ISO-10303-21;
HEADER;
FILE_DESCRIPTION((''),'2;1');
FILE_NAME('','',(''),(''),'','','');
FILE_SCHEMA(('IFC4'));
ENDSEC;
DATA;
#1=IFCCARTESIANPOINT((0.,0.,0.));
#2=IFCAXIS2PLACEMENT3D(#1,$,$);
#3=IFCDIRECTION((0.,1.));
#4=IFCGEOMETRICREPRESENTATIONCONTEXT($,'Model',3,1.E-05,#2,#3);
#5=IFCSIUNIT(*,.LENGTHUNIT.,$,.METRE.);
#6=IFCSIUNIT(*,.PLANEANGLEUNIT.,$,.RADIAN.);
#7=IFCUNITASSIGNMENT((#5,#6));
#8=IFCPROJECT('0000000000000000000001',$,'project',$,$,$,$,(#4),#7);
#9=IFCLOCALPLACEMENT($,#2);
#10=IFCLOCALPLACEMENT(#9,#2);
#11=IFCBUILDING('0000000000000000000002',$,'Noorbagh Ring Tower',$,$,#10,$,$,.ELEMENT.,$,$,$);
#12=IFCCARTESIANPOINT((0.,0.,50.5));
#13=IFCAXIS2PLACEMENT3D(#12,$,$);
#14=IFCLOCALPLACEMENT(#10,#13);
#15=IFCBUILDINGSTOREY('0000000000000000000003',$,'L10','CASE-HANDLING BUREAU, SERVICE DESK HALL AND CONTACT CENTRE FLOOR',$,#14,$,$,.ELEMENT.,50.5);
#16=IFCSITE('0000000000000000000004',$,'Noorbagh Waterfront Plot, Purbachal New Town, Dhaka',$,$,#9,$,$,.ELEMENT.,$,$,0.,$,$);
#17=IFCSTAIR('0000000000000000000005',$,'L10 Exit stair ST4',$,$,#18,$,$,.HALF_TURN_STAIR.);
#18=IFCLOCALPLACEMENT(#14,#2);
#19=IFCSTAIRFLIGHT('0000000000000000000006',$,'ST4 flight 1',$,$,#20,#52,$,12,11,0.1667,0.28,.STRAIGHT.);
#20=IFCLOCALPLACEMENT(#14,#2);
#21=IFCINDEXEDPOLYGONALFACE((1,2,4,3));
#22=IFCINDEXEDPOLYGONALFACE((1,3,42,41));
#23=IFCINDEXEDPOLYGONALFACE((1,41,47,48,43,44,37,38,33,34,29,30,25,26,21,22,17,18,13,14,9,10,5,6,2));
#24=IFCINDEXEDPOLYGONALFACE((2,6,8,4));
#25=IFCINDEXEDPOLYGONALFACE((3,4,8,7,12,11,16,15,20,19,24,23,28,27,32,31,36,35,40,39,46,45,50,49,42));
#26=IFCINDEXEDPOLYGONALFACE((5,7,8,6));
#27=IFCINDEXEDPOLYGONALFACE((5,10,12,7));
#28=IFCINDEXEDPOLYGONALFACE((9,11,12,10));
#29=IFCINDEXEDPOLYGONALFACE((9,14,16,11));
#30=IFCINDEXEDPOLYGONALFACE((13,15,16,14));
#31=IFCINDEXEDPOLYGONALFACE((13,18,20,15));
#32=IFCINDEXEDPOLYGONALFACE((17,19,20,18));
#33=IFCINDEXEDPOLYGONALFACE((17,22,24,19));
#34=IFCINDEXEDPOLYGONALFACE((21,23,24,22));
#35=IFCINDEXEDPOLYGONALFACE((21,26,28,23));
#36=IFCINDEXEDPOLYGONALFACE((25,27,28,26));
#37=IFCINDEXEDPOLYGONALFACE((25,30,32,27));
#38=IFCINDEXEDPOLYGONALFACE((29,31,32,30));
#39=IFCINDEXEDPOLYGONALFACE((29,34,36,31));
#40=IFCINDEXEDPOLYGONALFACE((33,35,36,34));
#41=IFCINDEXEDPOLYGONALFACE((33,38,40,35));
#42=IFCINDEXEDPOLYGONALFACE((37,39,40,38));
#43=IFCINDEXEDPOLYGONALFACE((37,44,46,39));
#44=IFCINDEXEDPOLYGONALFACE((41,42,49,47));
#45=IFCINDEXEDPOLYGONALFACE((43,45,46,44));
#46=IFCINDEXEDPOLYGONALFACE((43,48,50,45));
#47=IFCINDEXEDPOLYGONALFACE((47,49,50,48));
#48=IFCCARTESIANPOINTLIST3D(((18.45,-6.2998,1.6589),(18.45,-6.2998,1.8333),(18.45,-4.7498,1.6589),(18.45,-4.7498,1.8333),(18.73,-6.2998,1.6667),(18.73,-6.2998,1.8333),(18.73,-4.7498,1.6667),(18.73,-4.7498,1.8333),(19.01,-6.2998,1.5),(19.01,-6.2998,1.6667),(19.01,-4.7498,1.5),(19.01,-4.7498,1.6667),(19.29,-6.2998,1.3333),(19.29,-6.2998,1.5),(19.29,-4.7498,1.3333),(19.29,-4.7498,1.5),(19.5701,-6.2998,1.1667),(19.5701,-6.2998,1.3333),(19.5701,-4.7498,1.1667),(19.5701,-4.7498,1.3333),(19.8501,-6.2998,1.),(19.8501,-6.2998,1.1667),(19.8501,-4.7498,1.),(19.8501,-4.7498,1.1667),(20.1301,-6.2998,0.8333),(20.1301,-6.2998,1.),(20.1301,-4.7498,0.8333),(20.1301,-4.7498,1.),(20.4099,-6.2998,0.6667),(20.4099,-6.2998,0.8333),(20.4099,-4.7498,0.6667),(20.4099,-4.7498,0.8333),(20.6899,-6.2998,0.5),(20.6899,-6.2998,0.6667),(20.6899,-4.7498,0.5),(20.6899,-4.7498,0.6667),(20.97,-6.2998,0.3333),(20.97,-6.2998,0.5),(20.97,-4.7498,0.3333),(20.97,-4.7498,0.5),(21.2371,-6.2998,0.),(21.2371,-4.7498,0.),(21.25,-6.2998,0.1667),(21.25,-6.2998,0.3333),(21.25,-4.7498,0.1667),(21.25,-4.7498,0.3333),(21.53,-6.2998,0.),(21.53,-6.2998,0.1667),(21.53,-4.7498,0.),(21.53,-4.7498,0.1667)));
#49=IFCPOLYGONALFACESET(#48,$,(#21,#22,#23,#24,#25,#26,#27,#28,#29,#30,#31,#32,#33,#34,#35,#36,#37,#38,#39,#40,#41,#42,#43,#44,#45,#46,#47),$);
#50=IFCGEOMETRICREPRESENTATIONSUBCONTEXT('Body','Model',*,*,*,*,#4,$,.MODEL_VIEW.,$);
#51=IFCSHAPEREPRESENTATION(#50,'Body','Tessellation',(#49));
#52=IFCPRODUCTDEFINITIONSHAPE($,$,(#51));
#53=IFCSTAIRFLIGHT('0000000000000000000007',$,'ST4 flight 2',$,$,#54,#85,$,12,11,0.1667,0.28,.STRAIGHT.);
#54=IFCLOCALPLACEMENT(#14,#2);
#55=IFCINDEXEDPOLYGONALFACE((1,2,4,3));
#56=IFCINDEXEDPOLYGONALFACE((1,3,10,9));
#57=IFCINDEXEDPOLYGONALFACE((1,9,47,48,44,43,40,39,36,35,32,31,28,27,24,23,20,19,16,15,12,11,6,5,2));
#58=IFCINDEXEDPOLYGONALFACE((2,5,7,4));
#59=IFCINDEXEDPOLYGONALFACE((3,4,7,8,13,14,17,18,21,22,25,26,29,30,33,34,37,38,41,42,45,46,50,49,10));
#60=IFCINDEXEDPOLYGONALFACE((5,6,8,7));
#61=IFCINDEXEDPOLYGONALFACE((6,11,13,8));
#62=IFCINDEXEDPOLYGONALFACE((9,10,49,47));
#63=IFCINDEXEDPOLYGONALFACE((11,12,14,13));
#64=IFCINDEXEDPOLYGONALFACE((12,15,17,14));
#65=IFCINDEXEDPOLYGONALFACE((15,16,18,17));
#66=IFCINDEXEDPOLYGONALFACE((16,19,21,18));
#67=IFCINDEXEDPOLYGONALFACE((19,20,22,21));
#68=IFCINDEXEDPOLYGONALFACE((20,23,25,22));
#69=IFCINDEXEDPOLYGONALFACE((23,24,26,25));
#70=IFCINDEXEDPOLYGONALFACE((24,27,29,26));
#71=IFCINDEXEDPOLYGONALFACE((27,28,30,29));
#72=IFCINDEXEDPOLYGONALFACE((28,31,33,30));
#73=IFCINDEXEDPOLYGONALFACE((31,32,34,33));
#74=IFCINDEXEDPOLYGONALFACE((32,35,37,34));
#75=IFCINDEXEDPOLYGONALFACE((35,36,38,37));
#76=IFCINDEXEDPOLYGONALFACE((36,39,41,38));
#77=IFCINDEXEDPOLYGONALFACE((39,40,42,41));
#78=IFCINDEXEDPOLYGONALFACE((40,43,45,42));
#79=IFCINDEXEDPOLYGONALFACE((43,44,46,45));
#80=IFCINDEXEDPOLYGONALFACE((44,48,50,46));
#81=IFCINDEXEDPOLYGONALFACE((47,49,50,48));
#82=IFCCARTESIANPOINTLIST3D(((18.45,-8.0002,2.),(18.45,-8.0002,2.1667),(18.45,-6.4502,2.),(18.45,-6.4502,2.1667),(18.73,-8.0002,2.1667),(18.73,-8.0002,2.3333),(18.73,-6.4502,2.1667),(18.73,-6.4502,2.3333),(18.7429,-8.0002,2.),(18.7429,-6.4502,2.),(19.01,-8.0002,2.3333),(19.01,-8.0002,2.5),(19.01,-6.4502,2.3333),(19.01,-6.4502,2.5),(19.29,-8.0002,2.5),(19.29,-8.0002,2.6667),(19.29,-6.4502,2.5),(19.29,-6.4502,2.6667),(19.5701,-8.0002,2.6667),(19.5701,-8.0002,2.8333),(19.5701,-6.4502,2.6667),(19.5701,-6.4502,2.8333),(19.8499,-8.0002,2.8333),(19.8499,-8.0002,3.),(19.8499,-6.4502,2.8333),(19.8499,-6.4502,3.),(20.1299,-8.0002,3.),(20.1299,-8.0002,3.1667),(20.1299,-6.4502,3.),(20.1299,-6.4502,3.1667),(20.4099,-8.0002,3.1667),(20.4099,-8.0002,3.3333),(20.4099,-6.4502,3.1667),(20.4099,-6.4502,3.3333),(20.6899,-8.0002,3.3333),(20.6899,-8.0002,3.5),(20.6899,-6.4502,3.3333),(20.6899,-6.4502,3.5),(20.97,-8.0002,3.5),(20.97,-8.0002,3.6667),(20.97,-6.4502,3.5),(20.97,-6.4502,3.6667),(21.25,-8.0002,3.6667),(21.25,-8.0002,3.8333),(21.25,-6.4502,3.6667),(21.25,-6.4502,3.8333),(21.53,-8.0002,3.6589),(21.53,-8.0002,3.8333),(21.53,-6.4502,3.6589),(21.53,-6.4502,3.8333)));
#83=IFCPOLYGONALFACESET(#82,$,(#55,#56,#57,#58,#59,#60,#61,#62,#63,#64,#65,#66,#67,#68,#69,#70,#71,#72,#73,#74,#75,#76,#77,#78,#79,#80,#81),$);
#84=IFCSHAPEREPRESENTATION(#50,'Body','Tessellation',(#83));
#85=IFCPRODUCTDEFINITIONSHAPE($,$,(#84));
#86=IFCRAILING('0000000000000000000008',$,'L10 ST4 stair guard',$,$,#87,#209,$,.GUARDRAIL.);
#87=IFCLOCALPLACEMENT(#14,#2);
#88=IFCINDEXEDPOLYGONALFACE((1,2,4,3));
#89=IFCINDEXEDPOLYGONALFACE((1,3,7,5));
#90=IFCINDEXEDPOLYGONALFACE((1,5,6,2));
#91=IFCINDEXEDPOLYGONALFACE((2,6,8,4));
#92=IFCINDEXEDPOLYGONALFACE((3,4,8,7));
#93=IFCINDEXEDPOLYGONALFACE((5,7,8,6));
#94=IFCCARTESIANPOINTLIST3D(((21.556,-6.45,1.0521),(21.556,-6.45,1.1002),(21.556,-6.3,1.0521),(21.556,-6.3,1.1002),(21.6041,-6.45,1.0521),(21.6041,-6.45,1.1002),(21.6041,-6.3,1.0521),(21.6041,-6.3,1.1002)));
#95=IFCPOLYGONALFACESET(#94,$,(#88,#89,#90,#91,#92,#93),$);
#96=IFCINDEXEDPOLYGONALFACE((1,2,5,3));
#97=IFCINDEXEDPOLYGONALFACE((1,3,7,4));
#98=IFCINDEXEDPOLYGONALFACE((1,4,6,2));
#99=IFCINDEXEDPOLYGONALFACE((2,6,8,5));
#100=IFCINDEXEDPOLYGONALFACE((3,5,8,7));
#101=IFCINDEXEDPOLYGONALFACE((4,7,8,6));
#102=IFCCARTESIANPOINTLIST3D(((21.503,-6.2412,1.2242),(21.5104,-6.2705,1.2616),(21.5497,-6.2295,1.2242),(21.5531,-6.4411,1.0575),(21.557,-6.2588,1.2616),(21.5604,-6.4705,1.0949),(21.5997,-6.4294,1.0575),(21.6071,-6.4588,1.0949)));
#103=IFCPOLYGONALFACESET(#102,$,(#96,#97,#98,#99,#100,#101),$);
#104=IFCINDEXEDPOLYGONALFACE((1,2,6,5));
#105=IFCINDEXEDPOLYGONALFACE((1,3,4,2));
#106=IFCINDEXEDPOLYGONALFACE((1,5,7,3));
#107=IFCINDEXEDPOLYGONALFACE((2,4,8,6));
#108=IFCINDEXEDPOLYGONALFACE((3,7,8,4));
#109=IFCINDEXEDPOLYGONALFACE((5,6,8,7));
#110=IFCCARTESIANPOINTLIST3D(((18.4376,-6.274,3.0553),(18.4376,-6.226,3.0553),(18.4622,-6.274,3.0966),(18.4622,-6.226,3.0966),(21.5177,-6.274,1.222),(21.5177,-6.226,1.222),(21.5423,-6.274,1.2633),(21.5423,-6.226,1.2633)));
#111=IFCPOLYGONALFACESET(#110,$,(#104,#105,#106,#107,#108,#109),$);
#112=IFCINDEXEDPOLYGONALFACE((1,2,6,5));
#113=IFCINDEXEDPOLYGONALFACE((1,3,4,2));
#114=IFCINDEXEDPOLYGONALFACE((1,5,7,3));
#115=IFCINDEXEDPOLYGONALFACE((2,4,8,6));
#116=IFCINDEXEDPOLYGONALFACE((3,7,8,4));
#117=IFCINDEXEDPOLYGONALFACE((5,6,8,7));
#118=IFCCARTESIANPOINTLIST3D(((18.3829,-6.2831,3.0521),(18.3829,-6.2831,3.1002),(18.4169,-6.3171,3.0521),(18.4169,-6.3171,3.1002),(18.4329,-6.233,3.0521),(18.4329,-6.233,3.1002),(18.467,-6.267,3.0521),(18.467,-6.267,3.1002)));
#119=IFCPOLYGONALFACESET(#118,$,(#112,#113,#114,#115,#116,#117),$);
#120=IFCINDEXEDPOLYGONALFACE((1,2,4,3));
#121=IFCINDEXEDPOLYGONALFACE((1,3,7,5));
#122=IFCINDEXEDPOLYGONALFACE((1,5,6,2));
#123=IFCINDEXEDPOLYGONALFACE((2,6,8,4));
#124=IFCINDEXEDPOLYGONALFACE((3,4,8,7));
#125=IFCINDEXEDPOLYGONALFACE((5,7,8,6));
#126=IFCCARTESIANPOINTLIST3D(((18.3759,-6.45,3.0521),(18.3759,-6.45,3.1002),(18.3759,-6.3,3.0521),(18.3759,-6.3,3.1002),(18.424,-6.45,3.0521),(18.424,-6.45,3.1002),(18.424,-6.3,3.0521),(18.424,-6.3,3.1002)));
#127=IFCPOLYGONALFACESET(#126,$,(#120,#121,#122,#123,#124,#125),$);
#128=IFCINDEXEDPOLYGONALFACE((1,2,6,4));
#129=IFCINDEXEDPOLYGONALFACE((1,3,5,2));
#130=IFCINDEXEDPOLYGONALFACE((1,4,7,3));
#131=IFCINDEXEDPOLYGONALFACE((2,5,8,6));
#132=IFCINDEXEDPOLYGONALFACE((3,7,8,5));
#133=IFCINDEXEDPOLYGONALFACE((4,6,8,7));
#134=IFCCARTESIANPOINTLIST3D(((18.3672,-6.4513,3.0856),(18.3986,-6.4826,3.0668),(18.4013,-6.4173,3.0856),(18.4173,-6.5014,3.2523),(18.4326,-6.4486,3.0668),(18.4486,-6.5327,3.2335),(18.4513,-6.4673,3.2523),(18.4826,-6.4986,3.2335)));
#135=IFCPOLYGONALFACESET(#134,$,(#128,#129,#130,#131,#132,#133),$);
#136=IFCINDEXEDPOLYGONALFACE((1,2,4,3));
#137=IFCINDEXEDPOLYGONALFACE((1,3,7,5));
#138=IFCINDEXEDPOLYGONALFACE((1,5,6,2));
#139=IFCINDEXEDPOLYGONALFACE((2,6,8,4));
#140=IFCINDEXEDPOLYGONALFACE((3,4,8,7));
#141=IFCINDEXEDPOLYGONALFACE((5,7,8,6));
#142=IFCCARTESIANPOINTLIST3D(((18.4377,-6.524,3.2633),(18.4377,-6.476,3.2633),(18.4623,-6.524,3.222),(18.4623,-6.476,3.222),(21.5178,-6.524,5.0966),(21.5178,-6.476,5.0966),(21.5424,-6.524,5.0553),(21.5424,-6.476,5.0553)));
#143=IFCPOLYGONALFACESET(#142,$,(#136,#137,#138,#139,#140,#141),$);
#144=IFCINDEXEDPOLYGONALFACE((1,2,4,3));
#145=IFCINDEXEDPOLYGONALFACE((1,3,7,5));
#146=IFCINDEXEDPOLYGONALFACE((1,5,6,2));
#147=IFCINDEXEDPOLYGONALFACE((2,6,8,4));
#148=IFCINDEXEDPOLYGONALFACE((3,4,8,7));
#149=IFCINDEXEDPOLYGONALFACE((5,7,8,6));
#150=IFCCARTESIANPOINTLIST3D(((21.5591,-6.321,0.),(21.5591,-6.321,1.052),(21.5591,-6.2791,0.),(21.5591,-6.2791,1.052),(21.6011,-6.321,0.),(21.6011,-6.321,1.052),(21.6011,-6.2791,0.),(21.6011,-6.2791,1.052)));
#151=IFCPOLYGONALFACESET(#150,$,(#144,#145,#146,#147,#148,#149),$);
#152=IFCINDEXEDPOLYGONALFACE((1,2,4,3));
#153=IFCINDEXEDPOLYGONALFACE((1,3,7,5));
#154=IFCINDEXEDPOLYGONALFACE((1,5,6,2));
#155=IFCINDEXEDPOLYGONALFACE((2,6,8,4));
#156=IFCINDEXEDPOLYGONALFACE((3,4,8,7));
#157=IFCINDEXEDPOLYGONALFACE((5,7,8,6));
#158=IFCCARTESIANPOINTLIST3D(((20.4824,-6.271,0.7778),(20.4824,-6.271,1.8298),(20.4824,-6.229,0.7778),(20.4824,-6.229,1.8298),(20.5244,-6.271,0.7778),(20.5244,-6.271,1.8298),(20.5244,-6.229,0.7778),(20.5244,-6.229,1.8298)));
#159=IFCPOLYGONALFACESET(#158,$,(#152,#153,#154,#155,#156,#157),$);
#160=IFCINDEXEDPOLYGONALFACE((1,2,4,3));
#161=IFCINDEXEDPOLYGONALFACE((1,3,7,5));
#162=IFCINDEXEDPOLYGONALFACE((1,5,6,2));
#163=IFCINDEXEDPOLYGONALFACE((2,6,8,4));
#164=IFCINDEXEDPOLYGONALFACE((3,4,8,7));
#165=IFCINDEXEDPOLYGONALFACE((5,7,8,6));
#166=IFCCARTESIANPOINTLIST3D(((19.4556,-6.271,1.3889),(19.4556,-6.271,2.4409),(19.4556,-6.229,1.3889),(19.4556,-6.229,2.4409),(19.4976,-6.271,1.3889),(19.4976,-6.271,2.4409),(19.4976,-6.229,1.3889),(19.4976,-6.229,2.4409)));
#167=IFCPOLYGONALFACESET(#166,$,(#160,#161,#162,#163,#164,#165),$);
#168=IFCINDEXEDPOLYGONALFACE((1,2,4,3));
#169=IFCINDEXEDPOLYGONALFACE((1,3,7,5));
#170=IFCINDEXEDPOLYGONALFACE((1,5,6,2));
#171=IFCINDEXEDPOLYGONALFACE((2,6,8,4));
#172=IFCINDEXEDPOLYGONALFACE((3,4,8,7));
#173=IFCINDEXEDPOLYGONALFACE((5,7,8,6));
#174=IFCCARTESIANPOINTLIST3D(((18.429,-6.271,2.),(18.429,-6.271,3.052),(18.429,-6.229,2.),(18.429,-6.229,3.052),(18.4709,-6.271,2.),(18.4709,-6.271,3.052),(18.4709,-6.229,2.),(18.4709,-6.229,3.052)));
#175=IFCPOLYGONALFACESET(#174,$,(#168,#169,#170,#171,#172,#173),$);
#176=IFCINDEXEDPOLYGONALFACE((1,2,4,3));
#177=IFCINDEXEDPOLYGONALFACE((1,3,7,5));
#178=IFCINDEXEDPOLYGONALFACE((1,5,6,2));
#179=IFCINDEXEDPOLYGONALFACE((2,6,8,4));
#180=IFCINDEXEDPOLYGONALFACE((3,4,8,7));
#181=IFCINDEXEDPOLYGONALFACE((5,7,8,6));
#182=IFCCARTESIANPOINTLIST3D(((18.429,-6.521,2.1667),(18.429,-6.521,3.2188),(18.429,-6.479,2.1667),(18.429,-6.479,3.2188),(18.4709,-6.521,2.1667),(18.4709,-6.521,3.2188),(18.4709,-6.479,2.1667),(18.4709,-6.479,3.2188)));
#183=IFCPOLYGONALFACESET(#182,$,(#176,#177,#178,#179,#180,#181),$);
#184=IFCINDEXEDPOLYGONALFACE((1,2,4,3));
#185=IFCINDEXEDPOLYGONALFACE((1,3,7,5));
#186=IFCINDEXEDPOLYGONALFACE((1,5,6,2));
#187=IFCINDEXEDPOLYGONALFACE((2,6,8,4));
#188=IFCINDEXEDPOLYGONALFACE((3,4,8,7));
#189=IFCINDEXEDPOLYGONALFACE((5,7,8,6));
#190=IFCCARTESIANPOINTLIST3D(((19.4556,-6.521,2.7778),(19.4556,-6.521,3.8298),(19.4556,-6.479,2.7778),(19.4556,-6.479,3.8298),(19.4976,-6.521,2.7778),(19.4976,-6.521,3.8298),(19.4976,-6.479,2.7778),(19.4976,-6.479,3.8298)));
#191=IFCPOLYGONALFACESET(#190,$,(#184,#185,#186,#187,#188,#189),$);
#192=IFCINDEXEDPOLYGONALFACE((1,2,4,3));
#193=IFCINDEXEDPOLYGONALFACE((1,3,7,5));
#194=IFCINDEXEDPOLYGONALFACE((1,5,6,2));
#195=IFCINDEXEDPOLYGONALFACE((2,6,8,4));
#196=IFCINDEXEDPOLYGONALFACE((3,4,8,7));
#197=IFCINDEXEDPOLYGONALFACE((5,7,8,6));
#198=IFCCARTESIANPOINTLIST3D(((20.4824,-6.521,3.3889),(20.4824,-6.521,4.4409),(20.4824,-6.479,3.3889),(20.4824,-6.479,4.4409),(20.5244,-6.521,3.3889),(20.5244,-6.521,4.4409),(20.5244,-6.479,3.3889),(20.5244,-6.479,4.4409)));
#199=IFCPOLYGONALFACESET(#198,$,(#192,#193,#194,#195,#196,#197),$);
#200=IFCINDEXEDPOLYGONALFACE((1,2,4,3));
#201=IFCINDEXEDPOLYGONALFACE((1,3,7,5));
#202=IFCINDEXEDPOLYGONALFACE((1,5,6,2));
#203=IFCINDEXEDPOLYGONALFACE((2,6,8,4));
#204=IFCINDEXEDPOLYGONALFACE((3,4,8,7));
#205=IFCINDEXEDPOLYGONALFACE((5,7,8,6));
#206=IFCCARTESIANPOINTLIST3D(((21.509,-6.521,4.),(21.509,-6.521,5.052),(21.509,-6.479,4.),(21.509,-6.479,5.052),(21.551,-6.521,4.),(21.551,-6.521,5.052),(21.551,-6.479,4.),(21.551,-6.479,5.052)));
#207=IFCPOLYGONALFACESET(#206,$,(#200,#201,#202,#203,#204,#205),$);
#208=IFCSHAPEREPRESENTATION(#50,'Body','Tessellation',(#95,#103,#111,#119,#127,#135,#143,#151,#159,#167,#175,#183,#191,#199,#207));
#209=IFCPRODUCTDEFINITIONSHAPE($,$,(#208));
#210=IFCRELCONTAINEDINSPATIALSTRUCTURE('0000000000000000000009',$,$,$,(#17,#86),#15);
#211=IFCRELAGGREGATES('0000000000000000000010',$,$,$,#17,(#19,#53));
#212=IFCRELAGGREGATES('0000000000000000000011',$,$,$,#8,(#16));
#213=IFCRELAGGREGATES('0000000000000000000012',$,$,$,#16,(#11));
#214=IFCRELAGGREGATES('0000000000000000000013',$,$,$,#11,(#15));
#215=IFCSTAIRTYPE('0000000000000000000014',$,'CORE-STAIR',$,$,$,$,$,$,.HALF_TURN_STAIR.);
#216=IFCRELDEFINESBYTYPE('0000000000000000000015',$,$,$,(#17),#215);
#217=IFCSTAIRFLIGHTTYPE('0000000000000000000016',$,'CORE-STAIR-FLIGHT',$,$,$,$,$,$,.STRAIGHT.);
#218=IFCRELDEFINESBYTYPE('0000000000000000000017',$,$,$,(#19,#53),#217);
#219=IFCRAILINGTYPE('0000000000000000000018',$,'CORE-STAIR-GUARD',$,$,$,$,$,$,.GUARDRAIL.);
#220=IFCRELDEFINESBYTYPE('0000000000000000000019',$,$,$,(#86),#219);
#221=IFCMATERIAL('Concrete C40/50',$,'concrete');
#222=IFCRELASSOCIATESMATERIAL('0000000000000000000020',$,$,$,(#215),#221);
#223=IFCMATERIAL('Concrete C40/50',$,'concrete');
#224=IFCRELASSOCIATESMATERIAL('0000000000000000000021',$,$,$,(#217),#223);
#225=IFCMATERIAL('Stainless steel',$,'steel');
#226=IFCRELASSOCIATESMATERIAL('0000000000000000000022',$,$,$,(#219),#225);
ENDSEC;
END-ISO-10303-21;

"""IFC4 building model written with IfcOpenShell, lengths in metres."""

from ifc_helpers import new_model, si_unit, direction, frame, origin, origin_2d, place, context, subcontext, project, spatial, polyline, rectangle, outline, extrude, material, type_object, element, aggregate, save


model = new_model("IFC4")

# Units and contexts
model_context = context("Model", 3, precision=1e-05, world=origin(), true_north=direction((0.0, 1.0)))
body_context = subcontext(model_context, "Body", "Model", "MODEL_VIEW")
ifc_project = project(units=[si_unit("LENGTHUNIT", "METRE"), si_unit("PLANEANGLEUNIT", "RADIAN")], contexts=[model_context])

# Site, building, storey
site_placement = place(None, origin())
site = spatial("IfcSite", under=ifc_project, at=site_placement, Name="Noorbagh Waterfront Plot, Purbachal New Town, Dhaka", CompositionType="ELEMENT", RefElevation=0.0)
building_placement = place(site_placement, origin())
building = spatial("IfcBuilding", under=site, at=building_placement, Name="Noorbagh Ring Tower", CompositionType="ELEMENT")
storey_placement = place(building_placement, frame((0.0, 0.0, 50.5)))
storey = spatial("IfcBuildingStorey", under=building, at=storey_placement, Name="L10", Description="CASE-HANDLING BUREAU, SERVICE DESK HALL AND CONTACT CENTRE FLOOR", CompositionType="ELEMENT", Elevation=50.5)

# Stair, stair flights
ifc_material_1 = material(Name="Concrete C40/50", Category="concrete")
stair_type = type_object("IfcStairType", Name="CORE-STAIR", PredefinedType="HALF_TURN_STAIR", material=ifc_material_1)
stair_placement = place(storey_placement, origin())
stair = element("IfcStair", 1, at=stair_placement, inside=storey, type_object=stair_type, Name="L10 Exit stair ST4", PredefinedType="HALF_TURN_STAIR")
ifc_material_2 = material(Name="Concrete C40/50", Category="concrete")
stair_flight_type = type_object("IfcStairFlightType", Name="CORE-STAIR-FLIGHT", PredefinedType="STRAIGHT", material=ifc_material_2)
stair_flight_1_placement = place(storey_placement, frame((21.53, -5.5249, 0.0), z_axis=(0.0, 0.0, 1.0), x_axis=(-1.0, 0.0, 0.0)))
stair_flight_1 = element("IfcStairFlight", 2, at=stair_flight_1_placement, type_object=stair_flight_type, Name="ST4 flight 1", NumberOfRisers=12, NumberOfTreads=11, PredefinedType="STRAIGHT", RiserHeight=0.1667, TreadLength=0.28, context=body_context, shape_type="SweptSolid", body=[
    extrude(outline(polyline([(0.0, 0.0), (0.0, 0.1667), (0.28, 0.1667), (0.28, 0.3333), (0.5601, 0.3333), (0.5601, 0.5), (0.8401, 0.5), (0.8401, 0.6667), (1.1201, 0.6667), (1.1201, 0.8333), (1.3999, 0.8333), (1.3999, 1.0), (1.6799, 1.0), (1.6799, 1.1667), (1.96, 1.1667), (1.96, 1.3333), (2.24, 1.3333), (2.24, 1.5), (2.52, 1.5), (2.52, 1.6667), (2.8, 1.6667), (2.8, 1.8333), (3.0801, 1.8333), (3.0801, 2.0), (3.0801, 1.6589), (0.293, 0.0), (0.0, 0.0)])), frame((0.0, 0.7749, 0.0), z_axis=(0.0, -1.0, 0.0), x_axis=(1.0, 0.0, 0.0)), (0.0, 0.0, 1.0), 1.55),
])
stair_flight_2_placement = place(storey_placement, frame((18.45, -7.2251, 2.0), z_axis=(0.0, 0.0, 1.0), x_axis=(1.0, 0.0, 0.0)))
stair_flight_2 = element("IfcStairFlight", 3, at=stair_flight_2_placement, type_object=stair_flight_type, Name="ST4 flight 2", NumberOfRisers=12, NumberOfTreads=11, PredefinedType="STRAIGHT", RiserHeight=0.1667, TreadLength=0.28, context=body_context, shape_type="SweptSolid", body=[
    extrude(outline(polyline([(0.0, 0.0), (0.0, 0.1667), (0.28, 0.1667), (0.28, 0.3333), (0.5601, 0.3333), (0.5601, 0.5), (0.8401, 0.5), (0.8401, 0.6667), (1.1201, 0.6667), (1.1201, 0.8333), (1.3999, 0.8333), (1.3999, 1.0), (1.6799, 1.0), (1.6799, 1.1667), (1.96, 1.1667), (1.96, 1.3333), (2.24, 1.3333), (2.24, 1.5), (2.52, 1.5), (2.52, 1.6667), (2.8, 1.6667), (2.8, 1.8333), (3.0801, 1.8333), (3.0801, 2.0), (3.0801, 1.6589), (0.293, 0.0), (0.0, 0.0)])), frame((0.0, 0.7749, 0.0), z_axis=(0.0, -1.0, 0.0), x_axis=(1.0, 0.0, 0.0)), (0.0, 0.0, 1.0), 1.55),
])
aggregate(stair, [stair_flight_1, stair_flight_2])

# Railing
ifc_material_3 = material(Name="Stainless steel", Category="steel")
railing_type_1 = type_object("IfcRailingType", Name="CORE-STAIR-GUARD", PredefinedType="GUARDRAIL", material=ifc_material_3)
railing_1_placement = place(storey_placement, frame((21.5801, -6.3, 0.0)))
element("IfcRailing", 4, at=railing_1_placement, inside=storey, type_object=railing_type_1, Name="L10 ST4 stair guard", PredefinedType="GUARDRAIL", context=body_context, shape_type="SweptSolid", body=[
    extrude(rectangle(XDim=0.0481, YDim=0.0481, at=origin_2d()), frame((0.0, 0.0, 1.0762), z_axis=(0.0, -1.0, 0.0), x_axis=(1.0, 0.0, 0.0)), (0.0, 0.0, 1.0), 0.1499),
    extrude(rectangle(XDim=0.0481, YDim=0.0481, at=origin_2d()), frame((0.0, -0.1499, 1.0762), z_axis=(-0.188776, 0.754182, 0.628946), x_axis=(-0.970073, -0.242814, 0.0)), (0.0, 0.0, 1.0), 0.2651),
    extrude(rectangle(XDim=0.0481, YDim=0.0481, at=origin_2d()), frame((-0.05, 0.05, 1.2427), z_axis=(-0.859309, 0.0, 0.511458), x_axis=(0.0, -1.0, 0.0)), (0.0, 0.0, 1.0), 3.5845),
    extrude(rectangle(XDim=0.0481, YDim=0.0481, at=origin_2d()), frame((-3.1301, 0.05, 3.0762), z_axis=(-0.707107, -0.707107, 0.0), x_axis=(0.707107, -0.707107, 0.0)), (0.0, 0.0, 1.0), 0.0708),
    extrude(rectangle(XDim=0.0481, YDim=0.0481, at=origin_2d()), frame((-3.1802, 0.0, 3.0762), z_axis=(0.0, -1.0, 0.0), x_axis=(1.0, 0.0, 0.0)), (0.0, 0.0, 1.0), 0.1499),
    extrude(rectangle(XDim=0.0481, YDim=0.0481, at=origin_2d()), frame((-3.1802, -0.1499, 3.0762), z_axis=(0.276287, -0.276287, 0.920506), x_axis=(0.707107, 0.707107, 0.0)), (0.0, 0.0, 1.0), 0.1812),
    extrude(rectangle(XDim=0.0481, YDim=0.0481, at=origin_2d()), frame((-3.1301, -0.2, 3.2427), z_axis=(0.859309, 0.0, 0.511458), x_axis=(0.0, 1.0, 0.0)), (0.0, 0.0, 1.0), 3.5845),
    extrude(rectangle(XDim=0.042, YDim=0.042, at=origin_2d()), origin(), (0.0, 0.0, 1.0), 1.052),
    extrude(rectangle(XDim=0.042, YDim=0.042, at=origin_2d()), frame((-1.0767, 0.05, 0.7778)), (0.0, 0.0, 1.0), 1.052),
    extrude(rectangle(XDim=0.042, YDim=0.042, at=origin_2d()), frame((-2.1035, 0.05, 1.3889)), (0.0, 0.0, 1.0), 1.052),
    extrude(rectangle(XDim=0.042, YDim=0.042, at=origin_2d()), frame((-3.1301, 0.05, 2.0)), (0.0, 0.0, 1.0), 1.052),
    extrude(rectangle(XDim=0.042, YDim=0.042, at=origin_2d()), frame((-3.1301, -0.2, 2.1667)), (0.0, 0.0, 1.0), 1.052),
    extrude(rectangle(XDim=0.042, YDim=0.042, at=origin_2d()), frame((-2.1035, -0.2, 2.7778)), (0.0, 0.0, 1.0), 1.052),
    extrude(rectangle(XDim=0.042, YDim=0.042, at=origin_2d()), frame((-1.0767, -0.2, 3.3889)), (0.0, 0.0, 1.0), 1.052),
    extrude(rectangle(XDim=0.042, YDim=0.042, at=origin_2d()), frame((-0.05, -0.2, 4.0)), (0.0, 0.0, 1.0), 1.052),
])

save(model, "model.ifc")
